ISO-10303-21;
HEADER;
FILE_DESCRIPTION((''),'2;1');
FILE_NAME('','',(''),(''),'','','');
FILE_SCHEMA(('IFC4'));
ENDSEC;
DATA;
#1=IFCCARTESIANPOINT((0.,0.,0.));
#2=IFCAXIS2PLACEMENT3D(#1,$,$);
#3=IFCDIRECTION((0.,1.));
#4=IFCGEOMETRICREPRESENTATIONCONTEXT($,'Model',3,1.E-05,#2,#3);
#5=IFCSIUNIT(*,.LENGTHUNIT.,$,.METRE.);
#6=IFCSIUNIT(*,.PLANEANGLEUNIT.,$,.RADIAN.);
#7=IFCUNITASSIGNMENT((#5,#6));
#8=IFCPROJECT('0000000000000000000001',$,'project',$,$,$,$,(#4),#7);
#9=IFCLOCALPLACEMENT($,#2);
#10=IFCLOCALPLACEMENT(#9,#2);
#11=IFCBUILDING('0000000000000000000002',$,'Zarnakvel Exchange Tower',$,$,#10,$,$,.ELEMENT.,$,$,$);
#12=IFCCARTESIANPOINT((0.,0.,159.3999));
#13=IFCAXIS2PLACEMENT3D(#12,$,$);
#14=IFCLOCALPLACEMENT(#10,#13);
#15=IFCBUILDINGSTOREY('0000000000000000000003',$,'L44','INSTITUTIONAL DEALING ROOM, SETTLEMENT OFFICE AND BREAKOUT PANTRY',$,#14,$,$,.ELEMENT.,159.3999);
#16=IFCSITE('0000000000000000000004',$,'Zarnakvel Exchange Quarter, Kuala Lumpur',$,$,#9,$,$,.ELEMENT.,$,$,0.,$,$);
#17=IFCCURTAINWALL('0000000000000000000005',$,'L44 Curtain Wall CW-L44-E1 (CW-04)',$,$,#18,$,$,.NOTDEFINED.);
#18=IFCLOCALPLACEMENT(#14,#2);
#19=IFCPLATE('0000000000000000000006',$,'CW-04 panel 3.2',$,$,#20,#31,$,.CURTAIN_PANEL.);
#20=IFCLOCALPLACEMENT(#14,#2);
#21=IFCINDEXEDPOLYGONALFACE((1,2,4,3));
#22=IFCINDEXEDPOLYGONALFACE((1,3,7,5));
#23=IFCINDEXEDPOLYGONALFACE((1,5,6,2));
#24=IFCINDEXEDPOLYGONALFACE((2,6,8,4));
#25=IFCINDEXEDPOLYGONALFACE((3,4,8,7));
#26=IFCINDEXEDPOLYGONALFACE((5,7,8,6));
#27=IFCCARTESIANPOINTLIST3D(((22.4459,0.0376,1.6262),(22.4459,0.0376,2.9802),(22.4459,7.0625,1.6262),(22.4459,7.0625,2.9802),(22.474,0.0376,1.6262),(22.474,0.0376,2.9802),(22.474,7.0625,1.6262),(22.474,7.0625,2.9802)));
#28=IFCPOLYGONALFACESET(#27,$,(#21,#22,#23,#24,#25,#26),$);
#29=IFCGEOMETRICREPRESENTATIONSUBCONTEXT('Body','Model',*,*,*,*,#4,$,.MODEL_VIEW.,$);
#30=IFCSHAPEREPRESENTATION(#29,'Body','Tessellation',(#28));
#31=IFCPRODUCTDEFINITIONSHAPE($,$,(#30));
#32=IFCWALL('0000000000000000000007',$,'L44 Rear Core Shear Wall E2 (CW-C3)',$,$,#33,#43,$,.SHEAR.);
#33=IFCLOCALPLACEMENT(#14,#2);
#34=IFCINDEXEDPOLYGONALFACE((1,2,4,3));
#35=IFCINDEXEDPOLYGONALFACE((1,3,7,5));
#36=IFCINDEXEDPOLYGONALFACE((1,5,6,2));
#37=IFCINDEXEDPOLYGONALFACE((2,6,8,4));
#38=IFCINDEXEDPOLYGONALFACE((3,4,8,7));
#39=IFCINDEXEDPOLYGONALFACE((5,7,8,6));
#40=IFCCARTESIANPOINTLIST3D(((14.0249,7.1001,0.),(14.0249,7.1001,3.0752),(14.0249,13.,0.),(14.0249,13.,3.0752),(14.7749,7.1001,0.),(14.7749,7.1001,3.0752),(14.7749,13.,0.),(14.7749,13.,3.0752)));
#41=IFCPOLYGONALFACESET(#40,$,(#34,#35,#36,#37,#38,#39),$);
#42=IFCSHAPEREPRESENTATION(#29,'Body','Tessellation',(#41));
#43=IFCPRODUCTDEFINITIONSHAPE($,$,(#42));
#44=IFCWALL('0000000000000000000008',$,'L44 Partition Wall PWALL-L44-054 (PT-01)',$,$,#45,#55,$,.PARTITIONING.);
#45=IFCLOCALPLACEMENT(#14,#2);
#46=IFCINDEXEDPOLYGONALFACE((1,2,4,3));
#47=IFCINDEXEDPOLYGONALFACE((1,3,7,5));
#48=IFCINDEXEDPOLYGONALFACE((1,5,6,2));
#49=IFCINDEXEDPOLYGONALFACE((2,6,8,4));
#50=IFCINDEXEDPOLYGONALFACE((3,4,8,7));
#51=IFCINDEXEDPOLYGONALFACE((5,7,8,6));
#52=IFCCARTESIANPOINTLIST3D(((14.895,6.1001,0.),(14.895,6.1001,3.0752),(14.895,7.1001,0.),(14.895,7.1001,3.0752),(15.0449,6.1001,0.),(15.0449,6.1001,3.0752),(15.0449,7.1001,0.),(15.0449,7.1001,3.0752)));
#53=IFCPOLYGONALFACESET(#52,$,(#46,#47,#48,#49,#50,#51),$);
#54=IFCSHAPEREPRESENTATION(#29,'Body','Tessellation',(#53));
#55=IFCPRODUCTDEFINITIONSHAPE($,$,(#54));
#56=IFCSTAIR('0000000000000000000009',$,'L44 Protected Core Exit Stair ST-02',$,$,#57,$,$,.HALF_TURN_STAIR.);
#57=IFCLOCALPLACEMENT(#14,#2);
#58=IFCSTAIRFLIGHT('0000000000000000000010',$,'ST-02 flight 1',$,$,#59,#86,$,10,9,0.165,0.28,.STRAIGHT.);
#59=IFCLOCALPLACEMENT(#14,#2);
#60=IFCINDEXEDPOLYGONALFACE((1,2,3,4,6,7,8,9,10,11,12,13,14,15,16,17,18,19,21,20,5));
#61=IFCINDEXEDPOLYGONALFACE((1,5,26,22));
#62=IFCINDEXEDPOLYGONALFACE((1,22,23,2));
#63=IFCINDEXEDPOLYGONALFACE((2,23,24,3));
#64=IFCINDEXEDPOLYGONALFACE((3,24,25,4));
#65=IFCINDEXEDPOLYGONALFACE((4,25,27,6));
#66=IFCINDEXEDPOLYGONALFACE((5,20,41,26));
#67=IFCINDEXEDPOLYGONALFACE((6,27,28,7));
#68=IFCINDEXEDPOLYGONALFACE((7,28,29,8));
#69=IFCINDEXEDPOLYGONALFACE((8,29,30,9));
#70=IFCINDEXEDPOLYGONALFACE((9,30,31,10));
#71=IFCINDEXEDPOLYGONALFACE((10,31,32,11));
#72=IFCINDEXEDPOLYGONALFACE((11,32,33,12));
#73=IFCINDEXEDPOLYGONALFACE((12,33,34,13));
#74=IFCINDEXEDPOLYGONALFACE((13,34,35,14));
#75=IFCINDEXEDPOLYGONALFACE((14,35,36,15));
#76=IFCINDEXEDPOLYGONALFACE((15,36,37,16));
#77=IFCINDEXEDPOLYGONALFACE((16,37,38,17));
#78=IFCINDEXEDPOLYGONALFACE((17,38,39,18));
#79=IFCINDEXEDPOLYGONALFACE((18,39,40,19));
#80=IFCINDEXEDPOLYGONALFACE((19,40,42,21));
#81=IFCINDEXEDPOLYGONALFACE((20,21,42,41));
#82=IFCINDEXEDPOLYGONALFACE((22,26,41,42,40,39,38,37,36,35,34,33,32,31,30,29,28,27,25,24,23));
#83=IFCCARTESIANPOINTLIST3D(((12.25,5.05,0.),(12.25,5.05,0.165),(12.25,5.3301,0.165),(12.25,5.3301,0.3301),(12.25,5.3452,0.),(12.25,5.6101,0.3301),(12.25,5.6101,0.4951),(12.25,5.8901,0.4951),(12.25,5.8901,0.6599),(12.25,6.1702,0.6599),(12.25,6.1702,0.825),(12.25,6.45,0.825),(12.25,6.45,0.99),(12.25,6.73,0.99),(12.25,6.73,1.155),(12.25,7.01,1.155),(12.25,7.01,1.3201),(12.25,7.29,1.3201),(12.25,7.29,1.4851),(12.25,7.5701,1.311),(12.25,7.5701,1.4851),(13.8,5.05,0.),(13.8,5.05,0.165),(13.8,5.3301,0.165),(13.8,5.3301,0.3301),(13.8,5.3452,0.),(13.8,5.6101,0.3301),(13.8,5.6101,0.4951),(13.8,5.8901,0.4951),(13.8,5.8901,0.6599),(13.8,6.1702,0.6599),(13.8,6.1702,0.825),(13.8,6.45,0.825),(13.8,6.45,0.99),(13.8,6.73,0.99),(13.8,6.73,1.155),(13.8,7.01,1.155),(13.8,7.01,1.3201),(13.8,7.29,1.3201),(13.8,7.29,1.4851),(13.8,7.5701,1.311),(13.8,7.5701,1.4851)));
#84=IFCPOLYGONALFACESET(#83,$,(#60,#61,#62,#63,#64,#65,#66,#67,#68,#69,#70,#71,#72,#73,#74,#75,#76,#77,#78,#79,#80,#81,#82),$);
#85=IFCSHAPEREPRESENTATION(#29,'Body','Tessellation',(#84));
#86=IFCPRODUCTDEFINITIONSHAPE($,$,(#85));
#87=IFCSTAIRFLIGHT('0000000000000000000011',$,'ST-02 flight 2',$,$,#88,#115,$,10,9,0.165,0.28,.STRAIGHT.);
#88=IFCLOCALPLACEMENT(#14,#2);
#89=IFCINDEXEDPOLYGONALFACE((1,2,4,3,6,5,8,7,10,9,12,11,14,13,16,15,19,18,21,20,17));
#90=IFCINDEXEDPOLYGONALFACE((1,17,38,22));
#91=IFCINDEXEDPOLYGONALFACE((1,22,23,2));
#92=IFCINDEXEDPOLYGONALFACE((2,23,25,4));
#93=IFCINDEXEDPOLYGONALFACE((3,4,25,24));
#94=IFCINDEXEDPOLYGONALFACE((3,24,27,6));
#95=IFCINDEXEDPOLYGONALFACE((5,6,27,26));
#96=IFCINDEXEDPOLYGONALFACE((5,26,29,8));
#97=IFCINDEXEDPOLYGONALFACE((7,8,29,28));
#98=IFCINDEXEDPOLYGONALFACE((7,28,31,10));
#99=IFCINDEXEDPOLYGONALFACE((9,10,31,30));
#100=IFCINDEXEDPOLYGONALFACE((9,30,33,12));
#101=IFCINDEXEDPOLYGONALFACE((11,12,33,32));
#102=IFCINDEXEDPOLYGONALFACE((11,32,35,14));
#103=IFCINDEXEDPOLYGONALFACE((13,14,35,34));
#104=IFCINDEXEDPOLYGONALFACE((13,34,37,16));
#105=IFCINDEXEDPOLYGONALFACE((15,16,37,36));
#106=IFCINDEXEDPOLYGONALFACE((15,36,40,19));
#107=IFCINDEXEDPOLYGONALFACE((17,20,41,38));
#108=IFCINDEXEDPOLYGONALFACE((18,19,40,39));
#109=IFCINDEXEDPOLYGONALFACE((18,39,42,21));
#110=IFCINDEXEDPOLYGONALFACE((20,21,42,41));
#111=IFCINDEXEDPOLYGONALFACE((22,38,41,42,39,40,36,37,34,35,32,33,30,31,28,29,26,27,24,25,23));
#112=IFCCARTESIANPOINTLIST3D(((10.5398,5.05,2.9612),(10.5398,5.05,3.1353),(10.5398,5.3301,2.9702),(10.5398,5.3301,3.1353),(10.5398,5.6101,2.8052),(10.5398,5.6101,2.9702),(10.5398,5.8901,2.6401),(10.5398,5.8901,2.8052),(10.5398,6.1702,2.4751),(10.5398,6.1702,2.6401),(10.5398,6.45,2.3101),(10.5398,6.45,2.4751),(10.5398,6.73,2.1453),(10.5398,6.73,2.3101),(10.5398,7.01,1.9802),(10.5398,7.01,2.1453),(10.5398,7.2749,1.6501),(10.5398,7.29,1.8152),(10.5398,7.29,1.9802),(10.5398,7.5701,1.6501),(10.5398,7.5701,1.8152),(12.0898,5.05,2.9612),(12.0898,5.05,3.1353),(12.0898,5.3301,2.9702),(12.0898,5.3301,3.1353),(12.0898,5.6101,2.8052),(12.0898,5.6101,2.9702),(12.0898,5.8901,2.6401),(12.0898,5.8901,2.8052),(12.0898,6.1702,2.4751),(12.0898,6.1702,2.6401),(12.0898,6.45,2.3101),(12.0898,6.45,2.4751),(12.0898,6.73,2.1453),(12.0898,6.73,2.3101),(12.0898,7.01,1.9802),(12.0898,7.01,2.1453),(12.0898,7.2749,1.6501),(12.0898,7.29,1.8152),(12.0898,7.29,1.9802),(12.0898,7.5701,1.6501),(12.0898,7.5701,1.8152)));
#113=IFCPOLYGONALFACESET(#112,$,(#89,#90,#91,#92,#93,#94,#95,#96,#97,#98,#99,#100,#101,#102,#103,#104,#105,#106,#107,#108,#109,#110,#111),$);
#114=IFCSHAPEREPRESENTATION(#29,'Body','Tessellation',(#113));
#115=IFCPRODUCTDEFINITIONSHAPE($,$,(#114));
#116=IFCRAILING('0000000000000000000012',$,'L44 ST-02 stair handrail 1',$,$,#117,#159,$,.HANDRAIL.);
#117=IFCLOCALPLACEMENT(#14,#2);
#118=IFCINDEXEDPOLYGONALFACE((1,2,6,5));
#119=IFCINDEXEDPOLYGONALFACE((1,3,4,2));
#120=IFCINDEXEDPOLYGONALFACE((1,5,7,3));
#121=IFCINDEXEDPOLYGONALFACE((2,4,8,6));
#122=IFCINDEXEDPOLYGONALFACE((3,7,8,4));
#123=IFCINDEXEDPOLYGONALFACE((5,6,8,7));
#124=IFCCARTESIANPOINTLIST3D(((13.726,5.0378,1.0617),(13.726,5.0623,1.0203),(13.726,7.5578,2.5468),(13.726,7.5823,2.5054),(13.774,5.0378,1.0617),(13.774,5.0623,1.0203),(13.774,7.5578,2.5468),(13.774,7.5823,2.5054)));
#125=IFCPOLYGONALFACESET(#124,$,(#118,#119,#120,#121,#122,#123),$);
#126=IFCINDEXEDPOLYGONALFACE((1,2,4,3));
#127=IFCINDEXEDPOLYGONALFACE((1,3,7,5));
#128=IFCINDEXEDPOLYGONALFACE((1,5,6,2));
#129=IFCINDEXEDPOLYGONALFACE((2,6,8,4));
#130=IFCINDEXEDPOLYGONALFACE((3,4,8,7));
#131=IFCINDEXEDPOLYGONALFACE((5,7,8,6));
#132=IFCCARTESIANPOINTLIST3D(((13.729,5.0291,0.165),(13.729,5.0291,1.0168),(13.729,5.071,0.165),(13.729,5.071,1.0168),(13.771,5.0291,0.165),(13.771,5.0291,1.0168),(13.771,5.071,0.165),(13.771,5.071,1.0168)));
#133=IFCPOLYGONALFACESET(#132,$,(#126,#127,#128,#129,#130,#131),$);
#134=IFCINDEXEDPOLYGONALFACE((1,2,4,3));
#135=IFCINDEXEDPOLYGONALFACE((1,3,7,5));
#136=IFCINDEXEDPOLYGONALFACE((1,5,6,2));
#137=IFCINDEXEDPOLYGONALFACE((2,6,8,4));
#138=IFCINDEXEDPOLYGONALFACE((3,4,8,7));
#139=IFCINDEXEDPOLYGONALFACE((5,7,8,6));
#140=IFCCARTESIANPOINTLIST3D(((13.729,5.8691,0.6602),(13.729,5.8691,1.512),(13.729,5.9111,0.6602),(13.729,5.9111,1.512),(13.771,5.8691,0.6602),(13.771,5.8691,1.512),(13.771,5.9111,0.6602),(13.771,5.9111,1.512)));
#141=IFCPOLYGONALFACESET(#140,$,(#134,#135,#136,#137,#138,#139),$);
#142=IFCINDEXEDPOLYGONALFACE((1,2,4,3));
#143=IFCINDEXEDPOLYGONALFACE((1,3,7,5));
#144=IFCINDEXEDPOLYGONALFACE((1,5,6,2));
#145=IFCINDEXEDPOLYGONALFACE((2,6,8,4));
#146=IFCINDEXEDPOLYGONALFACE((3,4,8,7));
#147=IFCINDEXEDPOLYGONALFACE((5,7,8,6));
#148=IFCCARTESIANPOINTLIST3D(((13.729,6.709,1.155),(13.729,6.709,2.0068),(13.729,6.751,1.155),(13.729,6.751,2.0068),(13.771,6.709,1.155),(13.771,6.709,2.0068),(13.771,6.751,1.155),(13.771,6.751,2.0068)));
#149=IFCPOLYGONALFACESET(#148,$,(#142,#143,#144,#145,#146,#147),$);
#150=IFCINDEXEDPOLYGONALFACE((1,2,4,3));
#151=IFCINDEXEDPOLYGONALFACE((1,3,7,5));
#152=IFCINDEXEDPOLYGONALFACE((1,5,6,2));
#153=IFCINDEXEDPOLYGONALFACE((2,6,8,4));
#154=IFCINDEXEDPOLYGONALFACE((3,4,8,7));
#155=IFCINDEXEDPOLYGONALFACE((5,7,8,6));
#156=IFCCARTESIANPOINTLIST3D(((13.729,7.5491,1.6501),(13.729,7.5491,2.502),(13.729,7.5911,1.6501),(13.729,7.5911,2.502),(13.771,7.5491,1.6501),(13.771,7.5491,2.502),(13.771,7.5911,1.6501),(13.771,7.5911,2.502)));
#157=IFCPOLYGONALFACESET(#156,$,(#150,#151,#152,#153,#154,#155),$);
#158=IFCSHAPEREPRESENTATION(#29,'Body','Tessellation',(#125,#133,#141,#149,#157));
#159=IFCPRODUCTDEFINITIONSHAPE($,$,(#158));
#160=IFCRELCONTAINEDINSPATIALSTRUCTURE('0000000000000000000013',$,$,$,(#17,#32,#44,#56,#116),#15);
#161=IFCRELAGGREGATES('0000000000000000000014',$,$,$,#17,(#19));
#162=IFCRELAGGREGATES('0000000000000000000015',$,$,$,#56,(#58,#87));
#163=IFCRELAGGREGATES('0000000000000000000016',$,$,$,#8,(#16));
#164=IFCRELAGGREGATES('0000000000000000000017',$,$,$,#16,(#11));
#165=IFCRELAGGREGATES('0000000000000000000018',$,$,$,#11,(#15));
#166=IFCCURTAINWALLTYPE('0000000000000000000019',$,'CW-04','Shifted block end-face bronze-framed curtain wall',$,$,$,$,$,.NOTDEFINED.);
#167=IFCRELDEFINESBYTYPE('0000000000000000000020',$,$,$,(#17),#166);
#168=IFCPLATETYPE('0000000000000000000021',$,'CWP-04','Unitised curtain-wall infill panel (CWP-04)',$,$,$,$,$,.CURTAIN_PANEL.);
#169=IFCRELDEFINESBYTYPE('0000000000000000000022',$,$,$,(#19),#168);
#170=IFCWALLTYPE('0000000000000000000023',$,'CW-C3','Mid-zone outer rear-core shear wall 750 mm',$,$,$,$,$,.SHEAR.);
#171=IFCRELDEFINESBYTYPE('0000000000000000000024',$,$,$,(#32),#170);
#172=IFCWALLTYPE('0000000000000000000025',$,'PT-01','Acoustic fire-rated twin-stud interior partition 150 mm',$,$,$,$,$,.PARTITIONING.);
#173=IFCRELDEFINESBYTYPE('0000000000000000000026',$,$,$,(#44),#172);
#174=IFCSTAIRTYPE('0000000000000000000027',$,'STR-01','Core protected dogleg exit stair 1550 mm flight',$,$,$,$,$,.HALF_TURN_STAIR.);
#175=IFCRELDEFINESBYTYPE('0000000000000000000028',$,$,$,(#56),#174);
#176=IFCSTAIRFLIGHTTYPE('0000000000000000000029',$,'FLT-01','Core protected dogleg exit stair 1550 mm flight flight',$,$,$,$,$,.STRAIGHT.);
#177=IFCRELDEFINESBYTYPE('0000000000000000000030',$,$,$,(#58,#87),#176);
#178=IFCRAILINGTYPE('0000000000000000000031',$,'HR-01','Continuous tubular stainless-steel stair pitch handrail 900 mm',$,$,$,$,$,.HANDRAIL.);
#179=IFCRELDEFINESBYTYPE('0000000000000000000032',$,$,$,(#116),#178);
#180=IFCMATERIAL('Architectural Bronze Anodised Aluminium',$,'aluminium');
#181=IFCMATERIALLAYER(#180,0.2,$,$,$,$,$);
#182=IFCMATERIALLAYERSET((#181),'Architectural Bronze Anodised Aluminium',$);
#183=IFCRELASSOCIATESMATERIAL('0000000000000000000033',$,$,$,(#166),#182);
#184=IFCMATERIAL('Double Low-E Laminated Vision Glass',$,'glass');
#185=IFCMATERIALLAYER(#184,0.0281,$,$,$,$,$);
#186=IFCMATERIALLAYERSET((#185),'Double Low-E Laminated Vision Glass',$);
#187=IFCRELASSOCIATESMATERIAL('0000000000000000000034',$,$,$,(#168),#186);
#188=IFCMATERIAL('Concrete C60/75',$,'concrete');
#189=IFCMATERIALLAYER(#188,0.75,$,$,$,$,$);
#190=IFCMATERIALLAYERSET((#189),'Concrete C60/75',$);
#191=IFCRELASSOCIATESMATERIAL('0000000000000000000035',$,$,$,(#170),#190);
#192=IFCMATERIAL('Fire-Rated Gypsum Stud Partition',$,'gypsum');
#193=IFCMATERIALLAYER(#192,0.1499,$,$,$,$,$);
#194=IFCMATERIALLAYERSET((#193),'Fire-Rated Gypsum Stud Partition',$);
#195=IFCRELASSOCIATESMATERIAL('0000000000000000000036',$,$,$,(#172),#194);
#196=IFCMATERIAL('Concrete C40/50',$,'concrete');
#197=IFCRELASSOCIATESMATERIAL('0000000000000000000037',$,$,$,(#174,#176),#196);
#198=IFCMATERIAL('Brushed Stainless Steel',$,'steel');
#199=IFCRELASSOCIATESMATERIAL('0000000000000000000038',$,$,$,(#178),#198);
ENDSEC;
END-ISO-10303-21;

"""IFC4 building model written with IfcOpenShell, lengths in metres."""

from ifc_helpers import new_model, si_unit, direction, frame, frame_2d, origin, origin_2d, place, context, subcontext, project, spatial, polyline, rectangle, outline, extrude, source, transform, mapped, material, layer, layer_set, type_object, element, aggregate, save


model = new_model("IFC4")

# Units and contexts
model_context = context("Model", 3, precision=1e-05, world=origin(), true_north=direction((0.0, 1.0)))
body_context = subcontext(model_context, "Body", "Model", "MODEL_VIEW")
ifc_project = project(units=[si_unit("LENGTHUNIT", "METRE"), si_unit("PLANEANGLEUNIT", "RADIAN")], contexts=[model_context])

# Site, building, storey
site_placement = place(None, origin())
site = spatial("IfcSite", under=ifc_project, at=site_placement, Name="Zarnakvel Exchange Quarter, Kuala Lumpur", CompositionType="ELEMENT", RefElevation=0.0)
building_placement = place(site_placement, origin())
building = spatial("IfcBuilding", under=site, at=building_placement, Name="Zarnakvel Exchange Tower", CompositionType="ELEMENT")
storey_placement = place(building_placement, frame((0.0, 0.0, 159.3999)))
storey = spatial("IfcBuildingStorey", under=building, at=storey_placement, Name="L44", Description="INSTITUTIONAL DEALING ROOM, SETTLEMENT OFFICE AND BREAKOUT PANTRY", CompositionType="ELEMENT", Elevation=159.3999)

# Shared definitions
ifc_material_1 = material(Name="Concrete C60/75", Category="concrete")

# Curtain wall, plate
ifc_material_2 = material(Name="Architectural Bronze Anodised Aluminium", Category="aluminium")
ifc_layer_1 = layer(ifc_material_2, 0.2)
ifc_layer_set_1 = layer_set([ifc_layer_1], Name="Architectural Bronze Anodised Aluminium")
curtain_wall_type = type_object("IfcCurtainWallType", Name="CW-04", Description="Shifted block end-face bronze-framed curtain wall", PredefinedType="NOTDEFINED", material=ifc_layer_set_1)
curtain_wall_placement = place(storey_placement, origin())
curtain_wall = element("IfcCurtainWall", 1, at=curtain_wall_placement, inside=storey, type_object=curtain_wall_type, Name="L44 Curtain Wall CW-L44-E1 (CW-04)", PredefinedType="NOTDEFINED")
ifc_material_3 = material(Name="Double Low-E Laminated Vision Glass", Category="glass")
ifc_layer_2 = layer(ifc_material_3, 0.0281)
ifc_layer_set_2 = layer_set([ifc_layer_2], Name="Double Low-E Laminated Vision Glass")
plate_type = type_object("IfcPlateType", Name="CWP-04", Description="Unitised curtain-wall infill panel (CWP-04)", PredefinedType="CURTAIN_PANEL", material=ifc_layer_set_2)
shared_shape_1 = source(origin(), body_context, "Body", "SweptSolid", [
    extrude(rectangle(XDim=7.0249, YDim=0.0281, at=origin_2d()), origin(), (0.0, 0.0, 1.0), 1.354),
])
plate_1_placement = place(storey_placement, frame((22.46, 3.55, 1.6262), z_axis=(0.0, 0.0, 1.0), x_axis=(0.0, 1.0, 0.0)))
plate_1 = element("IfcPlate", 2, at=plate_1_placement, type_object=plate_type, Name="CW-04 panel 3.2", PredefinedType="CURTAIN_PANEL", context=body_context, shape_type="MappedRepresentation", body=[
    mapped(shared_shape_1, transform((0.0, 0.0, 0.0), x_axis=(1.0, 0.0, 0.0), y_axis=(0.0, 1.0, 0.0), z_axis=(0.0, 0.0, 1.0), scale=1.0)),
])
aggregate(curtain_wall, [plate_1])

# Walls
ifc_layer_3 = layer(ifc_material_1, 0.75)
ifc_layer_set_3 = layer_set([ifc_layer_3], Name="Concrete C60/75")
wall_type_1 = type_object("IfcWallType", Name="CW-C3", Description="Mid-zone outer rear-core shear wall 750 mm", PredefinedType="SHEAR", material=ifc_layer_set_3)
wall_1_placement = place(storey_placement, frame((14.3999, 7.1001, 0.0), z_axis=(0.0, 0.0, 1.0), x_axis=(0.0, 1.0, 0.0)))
element("IfcWall", 3, at=wall_1_placement, inside=storey, type_object=wall_type_1, Name="L44 Rear Core Shear Wall E2 (CW-C3)", PredefinedType="SHEAR", context=body_context, shape_type="SweptSolid", body=[
    extrude(rectangle(XDim=5.8999, YDim=0.75, at=frame_2d((2.95, 0.0))), origin(), (0.0, 0.0, 1.0), 3.0752),
])
ifc_material_4 = material(Name="Fire-Rated Gypsum Stud Partition", Category="gypsum")
ifc_layer_4 = layer(ifc_material_4, 0.1499)
ifc_layer_set_4 = layer_set([ifc_layer_4], Name="Fire-Rated Gypsum Stud Partition")
wall_type_2 = type_object("IfcWallType", Name="PT-01", Description="Acoustic fire-rated twin-stud interior partition 150 mm", PredefinedType="PARTITIONING", material=ifc_layer_set_4)
wall_2_placement = place(storey_placement, frame((14.97, 6.1001, 0.0), z_axis=(0.0, 0.0, 1.0), x_axis=(0.0, 1.0, 0.0)))
element("IfcWall", 4, at=wall_2_placement, inside=storey, type_object=wall_type_2, Name="L44 Partition Wall PWALL-L44-054 (PT-01)", PredefinedType="PARTITIONING", context=body_context, shape_type="SweptSolid", body=[
    extrude(rectangle(XDim=1.0, YDim=0.1499, at=frame_2d((0.5, 0.0))), origin(), (0.0, 0.0, 1.0), 3.0752),
])

# Shared definitions
ifc_material_5 = material(Name="Concrete C40/50", Category="concrete")

# Stair, stair flights
stair_type = type_object("IfcStairType", Name="STR-01", Description="Core protected dogleg exit stair 1550 mm flight", PredefinedType="HALF_TURN_STAIR", material=ifc_material_5)
stair_placement = place(storey_placement, origin())
stair = element("IfcStair", 5, at=stair_placement, inside=storey, type_object=stair_type, Name="L44 Protected Core Exit Stair ST-02", PredefinedType="HALF_TURN_STAIR")
stair_flight_type = type_object("IfcStairFlightType", Name="FLT-01", Description="Core protected dogleg exit stair 1550 mm flight flight", PredefinedType="STRAIGHT", material=ifc_material_5)
stair_flight_1_placement = place(storey_placement, frame((13.0249, 5.05, 0.0), z_axis=(0.0, 0.0, 1.0), x_axis=(0.0, 1.0, 0.0)))
stair_flight_1 = element("IfcStairFlight", 6, at=stair_flight_1_placement, type_object=stair_flight_type, Name="ST-02 flight 1", NumberOfRisers=10, NumberOfTreads=9, PredefinedType="STRAIGHT", RiserHeight=0.165, TreadLength=0.28, context=body_context, shape_type="SweptSolid", body=[
    extrude(outline(polyline([(0.0, 0.0), (0.0, 0.165), (0.28, 0.165), (0.28, 0.3301), (0.5601, 0.3301), (0.5601, 0.4951), (0.8401, 0.4951), (0.8401, 0.6599), (1.1201, 0.6599), (1.1201, 0.825), (1.3999, 0.825), (1.3999, 0.99), (1.6799, 0.99), (1.6799, 1.155), (1.96, 1.155), (1.96, 1.3201), (2.24, 1.3201), (2.24, 1.4851), (2.52, 1.4851), (2.52, 1.6499), (2.52, 1.311), (0.2952, 0.0), (0.0, 0.0)])), frame((0.0, 0.7749, 0.0), z_axis=(0.0, -1.0, 0.0), x_axis=(1.0, 0.0, 0.0)), (0.0, 0.0, 1.0), 1.55),
])
stair_flight_2_placement = place(storey_placement, frame((11.3149, 7.5701, 1.6501), z_axis=(0.0, 0.0, 1.0), x_axis=(0.0, -1.0, 0.0)))
stair_flight_2 = element("IfcStairFlight", 7, at=stair_flight_2_placement, type_object=stair_flight_type, Name="ST-02 flight 2", NumberOfRisers=10, NumberOfTreads=9, PredefinedType="STRAIGHT", RiserHeight=0.165, TreadLength=0.28, context=body_context, shape_type="SweptSolid", body=[
    extrude(outline(polyline([(0.0, 0.0), (0.0, 0.165), (0.28, 0.165), (0.28, 0.3301), (0.5601, 0.3301), (0.5601, 0.4951), (0.8401, 0.4951), (0.8401, 0.6599), (1.1201, 0.6599), (1.1201, 0.825), (1.3999, 0.825), (1.3999, 0.99), (1.6799, 0.99), (1.6799, 1.155), (1.96, 1.155), (1.96, 1.3201), (2.24, 1.3201), (2.24, 1.4851), (2.52, 1.4851), (2.52, 1.6499), (2.52, 1.311), (0.2952, 0.0), (0.0, 0.0)])), frame((0.0, 0.7749, 0.0), z_axis=(0.0, -1.0, 0.0), x_axis=(1.0, 0.0, 0.0)), (0.0, 0.0, 1.0), 1.55),
])
aggregate(stair, [stair_flight_1, stair_flight_2])

# Railing
ifc_material_6 = material(Name="Brushed Stainless Steel", Category="steel")
railing_type_1 = type_object("IfcRailingType", Name="HR-01", Description="Continuous tubular stainless-steel stair pitch handrail 900 mm", PredefinedType="HANDRAIL", material=ifc_material_6)
railing_1_placement = place(storey_placement, frame((13.75, 5.05, 0.165)))
element("IfcRailing", 8, at=railing_1_placement, inside=storey, type_object=railing_type_1, Name="L44 ST-02 stair handrail 1", PredefinedType="HANDRAIL", context=body_context, shape_type="SweptSolid", body=[
    extrude(rectangle(XDim=0.0481, YDim=0.0481, at=origin_2d()), frame((0.0, 0.0, 0.876), z_axis=(0.0, 0.861524, 0.507717), x_axis=(-1.0, 0.0, 0.0)), (0.0, 0.0, 1.0), 2.925),
    extrude(rectangle(XDim=0.042, YDim=0.042, at=origin_2d()), origin(), (0.0, 0.0, 1.0), 0.8518),
    extrude(rectangle(XDim=0.042, YDim=0.042, at=origin_2d()), frame((0.0, 0.8401, 0.4951)), (0.0, 0.0, 1.0), 0.8518),
    extrude(rectangle(XDim=0.042, YDim=0.042, at=origin_2d()), frame((0.0, 1.6799, 0.99)), (0.0, 0.0, 1.0), 0.8518),
    extrude(rectangle(XDim=0.042, YDim=0.042, at=origin_2d()), frame((0.0, 2.52, 1.4851)), (0.0, 0.0, 1.0), 0.8518),
])

save(model, "model.ifc")
